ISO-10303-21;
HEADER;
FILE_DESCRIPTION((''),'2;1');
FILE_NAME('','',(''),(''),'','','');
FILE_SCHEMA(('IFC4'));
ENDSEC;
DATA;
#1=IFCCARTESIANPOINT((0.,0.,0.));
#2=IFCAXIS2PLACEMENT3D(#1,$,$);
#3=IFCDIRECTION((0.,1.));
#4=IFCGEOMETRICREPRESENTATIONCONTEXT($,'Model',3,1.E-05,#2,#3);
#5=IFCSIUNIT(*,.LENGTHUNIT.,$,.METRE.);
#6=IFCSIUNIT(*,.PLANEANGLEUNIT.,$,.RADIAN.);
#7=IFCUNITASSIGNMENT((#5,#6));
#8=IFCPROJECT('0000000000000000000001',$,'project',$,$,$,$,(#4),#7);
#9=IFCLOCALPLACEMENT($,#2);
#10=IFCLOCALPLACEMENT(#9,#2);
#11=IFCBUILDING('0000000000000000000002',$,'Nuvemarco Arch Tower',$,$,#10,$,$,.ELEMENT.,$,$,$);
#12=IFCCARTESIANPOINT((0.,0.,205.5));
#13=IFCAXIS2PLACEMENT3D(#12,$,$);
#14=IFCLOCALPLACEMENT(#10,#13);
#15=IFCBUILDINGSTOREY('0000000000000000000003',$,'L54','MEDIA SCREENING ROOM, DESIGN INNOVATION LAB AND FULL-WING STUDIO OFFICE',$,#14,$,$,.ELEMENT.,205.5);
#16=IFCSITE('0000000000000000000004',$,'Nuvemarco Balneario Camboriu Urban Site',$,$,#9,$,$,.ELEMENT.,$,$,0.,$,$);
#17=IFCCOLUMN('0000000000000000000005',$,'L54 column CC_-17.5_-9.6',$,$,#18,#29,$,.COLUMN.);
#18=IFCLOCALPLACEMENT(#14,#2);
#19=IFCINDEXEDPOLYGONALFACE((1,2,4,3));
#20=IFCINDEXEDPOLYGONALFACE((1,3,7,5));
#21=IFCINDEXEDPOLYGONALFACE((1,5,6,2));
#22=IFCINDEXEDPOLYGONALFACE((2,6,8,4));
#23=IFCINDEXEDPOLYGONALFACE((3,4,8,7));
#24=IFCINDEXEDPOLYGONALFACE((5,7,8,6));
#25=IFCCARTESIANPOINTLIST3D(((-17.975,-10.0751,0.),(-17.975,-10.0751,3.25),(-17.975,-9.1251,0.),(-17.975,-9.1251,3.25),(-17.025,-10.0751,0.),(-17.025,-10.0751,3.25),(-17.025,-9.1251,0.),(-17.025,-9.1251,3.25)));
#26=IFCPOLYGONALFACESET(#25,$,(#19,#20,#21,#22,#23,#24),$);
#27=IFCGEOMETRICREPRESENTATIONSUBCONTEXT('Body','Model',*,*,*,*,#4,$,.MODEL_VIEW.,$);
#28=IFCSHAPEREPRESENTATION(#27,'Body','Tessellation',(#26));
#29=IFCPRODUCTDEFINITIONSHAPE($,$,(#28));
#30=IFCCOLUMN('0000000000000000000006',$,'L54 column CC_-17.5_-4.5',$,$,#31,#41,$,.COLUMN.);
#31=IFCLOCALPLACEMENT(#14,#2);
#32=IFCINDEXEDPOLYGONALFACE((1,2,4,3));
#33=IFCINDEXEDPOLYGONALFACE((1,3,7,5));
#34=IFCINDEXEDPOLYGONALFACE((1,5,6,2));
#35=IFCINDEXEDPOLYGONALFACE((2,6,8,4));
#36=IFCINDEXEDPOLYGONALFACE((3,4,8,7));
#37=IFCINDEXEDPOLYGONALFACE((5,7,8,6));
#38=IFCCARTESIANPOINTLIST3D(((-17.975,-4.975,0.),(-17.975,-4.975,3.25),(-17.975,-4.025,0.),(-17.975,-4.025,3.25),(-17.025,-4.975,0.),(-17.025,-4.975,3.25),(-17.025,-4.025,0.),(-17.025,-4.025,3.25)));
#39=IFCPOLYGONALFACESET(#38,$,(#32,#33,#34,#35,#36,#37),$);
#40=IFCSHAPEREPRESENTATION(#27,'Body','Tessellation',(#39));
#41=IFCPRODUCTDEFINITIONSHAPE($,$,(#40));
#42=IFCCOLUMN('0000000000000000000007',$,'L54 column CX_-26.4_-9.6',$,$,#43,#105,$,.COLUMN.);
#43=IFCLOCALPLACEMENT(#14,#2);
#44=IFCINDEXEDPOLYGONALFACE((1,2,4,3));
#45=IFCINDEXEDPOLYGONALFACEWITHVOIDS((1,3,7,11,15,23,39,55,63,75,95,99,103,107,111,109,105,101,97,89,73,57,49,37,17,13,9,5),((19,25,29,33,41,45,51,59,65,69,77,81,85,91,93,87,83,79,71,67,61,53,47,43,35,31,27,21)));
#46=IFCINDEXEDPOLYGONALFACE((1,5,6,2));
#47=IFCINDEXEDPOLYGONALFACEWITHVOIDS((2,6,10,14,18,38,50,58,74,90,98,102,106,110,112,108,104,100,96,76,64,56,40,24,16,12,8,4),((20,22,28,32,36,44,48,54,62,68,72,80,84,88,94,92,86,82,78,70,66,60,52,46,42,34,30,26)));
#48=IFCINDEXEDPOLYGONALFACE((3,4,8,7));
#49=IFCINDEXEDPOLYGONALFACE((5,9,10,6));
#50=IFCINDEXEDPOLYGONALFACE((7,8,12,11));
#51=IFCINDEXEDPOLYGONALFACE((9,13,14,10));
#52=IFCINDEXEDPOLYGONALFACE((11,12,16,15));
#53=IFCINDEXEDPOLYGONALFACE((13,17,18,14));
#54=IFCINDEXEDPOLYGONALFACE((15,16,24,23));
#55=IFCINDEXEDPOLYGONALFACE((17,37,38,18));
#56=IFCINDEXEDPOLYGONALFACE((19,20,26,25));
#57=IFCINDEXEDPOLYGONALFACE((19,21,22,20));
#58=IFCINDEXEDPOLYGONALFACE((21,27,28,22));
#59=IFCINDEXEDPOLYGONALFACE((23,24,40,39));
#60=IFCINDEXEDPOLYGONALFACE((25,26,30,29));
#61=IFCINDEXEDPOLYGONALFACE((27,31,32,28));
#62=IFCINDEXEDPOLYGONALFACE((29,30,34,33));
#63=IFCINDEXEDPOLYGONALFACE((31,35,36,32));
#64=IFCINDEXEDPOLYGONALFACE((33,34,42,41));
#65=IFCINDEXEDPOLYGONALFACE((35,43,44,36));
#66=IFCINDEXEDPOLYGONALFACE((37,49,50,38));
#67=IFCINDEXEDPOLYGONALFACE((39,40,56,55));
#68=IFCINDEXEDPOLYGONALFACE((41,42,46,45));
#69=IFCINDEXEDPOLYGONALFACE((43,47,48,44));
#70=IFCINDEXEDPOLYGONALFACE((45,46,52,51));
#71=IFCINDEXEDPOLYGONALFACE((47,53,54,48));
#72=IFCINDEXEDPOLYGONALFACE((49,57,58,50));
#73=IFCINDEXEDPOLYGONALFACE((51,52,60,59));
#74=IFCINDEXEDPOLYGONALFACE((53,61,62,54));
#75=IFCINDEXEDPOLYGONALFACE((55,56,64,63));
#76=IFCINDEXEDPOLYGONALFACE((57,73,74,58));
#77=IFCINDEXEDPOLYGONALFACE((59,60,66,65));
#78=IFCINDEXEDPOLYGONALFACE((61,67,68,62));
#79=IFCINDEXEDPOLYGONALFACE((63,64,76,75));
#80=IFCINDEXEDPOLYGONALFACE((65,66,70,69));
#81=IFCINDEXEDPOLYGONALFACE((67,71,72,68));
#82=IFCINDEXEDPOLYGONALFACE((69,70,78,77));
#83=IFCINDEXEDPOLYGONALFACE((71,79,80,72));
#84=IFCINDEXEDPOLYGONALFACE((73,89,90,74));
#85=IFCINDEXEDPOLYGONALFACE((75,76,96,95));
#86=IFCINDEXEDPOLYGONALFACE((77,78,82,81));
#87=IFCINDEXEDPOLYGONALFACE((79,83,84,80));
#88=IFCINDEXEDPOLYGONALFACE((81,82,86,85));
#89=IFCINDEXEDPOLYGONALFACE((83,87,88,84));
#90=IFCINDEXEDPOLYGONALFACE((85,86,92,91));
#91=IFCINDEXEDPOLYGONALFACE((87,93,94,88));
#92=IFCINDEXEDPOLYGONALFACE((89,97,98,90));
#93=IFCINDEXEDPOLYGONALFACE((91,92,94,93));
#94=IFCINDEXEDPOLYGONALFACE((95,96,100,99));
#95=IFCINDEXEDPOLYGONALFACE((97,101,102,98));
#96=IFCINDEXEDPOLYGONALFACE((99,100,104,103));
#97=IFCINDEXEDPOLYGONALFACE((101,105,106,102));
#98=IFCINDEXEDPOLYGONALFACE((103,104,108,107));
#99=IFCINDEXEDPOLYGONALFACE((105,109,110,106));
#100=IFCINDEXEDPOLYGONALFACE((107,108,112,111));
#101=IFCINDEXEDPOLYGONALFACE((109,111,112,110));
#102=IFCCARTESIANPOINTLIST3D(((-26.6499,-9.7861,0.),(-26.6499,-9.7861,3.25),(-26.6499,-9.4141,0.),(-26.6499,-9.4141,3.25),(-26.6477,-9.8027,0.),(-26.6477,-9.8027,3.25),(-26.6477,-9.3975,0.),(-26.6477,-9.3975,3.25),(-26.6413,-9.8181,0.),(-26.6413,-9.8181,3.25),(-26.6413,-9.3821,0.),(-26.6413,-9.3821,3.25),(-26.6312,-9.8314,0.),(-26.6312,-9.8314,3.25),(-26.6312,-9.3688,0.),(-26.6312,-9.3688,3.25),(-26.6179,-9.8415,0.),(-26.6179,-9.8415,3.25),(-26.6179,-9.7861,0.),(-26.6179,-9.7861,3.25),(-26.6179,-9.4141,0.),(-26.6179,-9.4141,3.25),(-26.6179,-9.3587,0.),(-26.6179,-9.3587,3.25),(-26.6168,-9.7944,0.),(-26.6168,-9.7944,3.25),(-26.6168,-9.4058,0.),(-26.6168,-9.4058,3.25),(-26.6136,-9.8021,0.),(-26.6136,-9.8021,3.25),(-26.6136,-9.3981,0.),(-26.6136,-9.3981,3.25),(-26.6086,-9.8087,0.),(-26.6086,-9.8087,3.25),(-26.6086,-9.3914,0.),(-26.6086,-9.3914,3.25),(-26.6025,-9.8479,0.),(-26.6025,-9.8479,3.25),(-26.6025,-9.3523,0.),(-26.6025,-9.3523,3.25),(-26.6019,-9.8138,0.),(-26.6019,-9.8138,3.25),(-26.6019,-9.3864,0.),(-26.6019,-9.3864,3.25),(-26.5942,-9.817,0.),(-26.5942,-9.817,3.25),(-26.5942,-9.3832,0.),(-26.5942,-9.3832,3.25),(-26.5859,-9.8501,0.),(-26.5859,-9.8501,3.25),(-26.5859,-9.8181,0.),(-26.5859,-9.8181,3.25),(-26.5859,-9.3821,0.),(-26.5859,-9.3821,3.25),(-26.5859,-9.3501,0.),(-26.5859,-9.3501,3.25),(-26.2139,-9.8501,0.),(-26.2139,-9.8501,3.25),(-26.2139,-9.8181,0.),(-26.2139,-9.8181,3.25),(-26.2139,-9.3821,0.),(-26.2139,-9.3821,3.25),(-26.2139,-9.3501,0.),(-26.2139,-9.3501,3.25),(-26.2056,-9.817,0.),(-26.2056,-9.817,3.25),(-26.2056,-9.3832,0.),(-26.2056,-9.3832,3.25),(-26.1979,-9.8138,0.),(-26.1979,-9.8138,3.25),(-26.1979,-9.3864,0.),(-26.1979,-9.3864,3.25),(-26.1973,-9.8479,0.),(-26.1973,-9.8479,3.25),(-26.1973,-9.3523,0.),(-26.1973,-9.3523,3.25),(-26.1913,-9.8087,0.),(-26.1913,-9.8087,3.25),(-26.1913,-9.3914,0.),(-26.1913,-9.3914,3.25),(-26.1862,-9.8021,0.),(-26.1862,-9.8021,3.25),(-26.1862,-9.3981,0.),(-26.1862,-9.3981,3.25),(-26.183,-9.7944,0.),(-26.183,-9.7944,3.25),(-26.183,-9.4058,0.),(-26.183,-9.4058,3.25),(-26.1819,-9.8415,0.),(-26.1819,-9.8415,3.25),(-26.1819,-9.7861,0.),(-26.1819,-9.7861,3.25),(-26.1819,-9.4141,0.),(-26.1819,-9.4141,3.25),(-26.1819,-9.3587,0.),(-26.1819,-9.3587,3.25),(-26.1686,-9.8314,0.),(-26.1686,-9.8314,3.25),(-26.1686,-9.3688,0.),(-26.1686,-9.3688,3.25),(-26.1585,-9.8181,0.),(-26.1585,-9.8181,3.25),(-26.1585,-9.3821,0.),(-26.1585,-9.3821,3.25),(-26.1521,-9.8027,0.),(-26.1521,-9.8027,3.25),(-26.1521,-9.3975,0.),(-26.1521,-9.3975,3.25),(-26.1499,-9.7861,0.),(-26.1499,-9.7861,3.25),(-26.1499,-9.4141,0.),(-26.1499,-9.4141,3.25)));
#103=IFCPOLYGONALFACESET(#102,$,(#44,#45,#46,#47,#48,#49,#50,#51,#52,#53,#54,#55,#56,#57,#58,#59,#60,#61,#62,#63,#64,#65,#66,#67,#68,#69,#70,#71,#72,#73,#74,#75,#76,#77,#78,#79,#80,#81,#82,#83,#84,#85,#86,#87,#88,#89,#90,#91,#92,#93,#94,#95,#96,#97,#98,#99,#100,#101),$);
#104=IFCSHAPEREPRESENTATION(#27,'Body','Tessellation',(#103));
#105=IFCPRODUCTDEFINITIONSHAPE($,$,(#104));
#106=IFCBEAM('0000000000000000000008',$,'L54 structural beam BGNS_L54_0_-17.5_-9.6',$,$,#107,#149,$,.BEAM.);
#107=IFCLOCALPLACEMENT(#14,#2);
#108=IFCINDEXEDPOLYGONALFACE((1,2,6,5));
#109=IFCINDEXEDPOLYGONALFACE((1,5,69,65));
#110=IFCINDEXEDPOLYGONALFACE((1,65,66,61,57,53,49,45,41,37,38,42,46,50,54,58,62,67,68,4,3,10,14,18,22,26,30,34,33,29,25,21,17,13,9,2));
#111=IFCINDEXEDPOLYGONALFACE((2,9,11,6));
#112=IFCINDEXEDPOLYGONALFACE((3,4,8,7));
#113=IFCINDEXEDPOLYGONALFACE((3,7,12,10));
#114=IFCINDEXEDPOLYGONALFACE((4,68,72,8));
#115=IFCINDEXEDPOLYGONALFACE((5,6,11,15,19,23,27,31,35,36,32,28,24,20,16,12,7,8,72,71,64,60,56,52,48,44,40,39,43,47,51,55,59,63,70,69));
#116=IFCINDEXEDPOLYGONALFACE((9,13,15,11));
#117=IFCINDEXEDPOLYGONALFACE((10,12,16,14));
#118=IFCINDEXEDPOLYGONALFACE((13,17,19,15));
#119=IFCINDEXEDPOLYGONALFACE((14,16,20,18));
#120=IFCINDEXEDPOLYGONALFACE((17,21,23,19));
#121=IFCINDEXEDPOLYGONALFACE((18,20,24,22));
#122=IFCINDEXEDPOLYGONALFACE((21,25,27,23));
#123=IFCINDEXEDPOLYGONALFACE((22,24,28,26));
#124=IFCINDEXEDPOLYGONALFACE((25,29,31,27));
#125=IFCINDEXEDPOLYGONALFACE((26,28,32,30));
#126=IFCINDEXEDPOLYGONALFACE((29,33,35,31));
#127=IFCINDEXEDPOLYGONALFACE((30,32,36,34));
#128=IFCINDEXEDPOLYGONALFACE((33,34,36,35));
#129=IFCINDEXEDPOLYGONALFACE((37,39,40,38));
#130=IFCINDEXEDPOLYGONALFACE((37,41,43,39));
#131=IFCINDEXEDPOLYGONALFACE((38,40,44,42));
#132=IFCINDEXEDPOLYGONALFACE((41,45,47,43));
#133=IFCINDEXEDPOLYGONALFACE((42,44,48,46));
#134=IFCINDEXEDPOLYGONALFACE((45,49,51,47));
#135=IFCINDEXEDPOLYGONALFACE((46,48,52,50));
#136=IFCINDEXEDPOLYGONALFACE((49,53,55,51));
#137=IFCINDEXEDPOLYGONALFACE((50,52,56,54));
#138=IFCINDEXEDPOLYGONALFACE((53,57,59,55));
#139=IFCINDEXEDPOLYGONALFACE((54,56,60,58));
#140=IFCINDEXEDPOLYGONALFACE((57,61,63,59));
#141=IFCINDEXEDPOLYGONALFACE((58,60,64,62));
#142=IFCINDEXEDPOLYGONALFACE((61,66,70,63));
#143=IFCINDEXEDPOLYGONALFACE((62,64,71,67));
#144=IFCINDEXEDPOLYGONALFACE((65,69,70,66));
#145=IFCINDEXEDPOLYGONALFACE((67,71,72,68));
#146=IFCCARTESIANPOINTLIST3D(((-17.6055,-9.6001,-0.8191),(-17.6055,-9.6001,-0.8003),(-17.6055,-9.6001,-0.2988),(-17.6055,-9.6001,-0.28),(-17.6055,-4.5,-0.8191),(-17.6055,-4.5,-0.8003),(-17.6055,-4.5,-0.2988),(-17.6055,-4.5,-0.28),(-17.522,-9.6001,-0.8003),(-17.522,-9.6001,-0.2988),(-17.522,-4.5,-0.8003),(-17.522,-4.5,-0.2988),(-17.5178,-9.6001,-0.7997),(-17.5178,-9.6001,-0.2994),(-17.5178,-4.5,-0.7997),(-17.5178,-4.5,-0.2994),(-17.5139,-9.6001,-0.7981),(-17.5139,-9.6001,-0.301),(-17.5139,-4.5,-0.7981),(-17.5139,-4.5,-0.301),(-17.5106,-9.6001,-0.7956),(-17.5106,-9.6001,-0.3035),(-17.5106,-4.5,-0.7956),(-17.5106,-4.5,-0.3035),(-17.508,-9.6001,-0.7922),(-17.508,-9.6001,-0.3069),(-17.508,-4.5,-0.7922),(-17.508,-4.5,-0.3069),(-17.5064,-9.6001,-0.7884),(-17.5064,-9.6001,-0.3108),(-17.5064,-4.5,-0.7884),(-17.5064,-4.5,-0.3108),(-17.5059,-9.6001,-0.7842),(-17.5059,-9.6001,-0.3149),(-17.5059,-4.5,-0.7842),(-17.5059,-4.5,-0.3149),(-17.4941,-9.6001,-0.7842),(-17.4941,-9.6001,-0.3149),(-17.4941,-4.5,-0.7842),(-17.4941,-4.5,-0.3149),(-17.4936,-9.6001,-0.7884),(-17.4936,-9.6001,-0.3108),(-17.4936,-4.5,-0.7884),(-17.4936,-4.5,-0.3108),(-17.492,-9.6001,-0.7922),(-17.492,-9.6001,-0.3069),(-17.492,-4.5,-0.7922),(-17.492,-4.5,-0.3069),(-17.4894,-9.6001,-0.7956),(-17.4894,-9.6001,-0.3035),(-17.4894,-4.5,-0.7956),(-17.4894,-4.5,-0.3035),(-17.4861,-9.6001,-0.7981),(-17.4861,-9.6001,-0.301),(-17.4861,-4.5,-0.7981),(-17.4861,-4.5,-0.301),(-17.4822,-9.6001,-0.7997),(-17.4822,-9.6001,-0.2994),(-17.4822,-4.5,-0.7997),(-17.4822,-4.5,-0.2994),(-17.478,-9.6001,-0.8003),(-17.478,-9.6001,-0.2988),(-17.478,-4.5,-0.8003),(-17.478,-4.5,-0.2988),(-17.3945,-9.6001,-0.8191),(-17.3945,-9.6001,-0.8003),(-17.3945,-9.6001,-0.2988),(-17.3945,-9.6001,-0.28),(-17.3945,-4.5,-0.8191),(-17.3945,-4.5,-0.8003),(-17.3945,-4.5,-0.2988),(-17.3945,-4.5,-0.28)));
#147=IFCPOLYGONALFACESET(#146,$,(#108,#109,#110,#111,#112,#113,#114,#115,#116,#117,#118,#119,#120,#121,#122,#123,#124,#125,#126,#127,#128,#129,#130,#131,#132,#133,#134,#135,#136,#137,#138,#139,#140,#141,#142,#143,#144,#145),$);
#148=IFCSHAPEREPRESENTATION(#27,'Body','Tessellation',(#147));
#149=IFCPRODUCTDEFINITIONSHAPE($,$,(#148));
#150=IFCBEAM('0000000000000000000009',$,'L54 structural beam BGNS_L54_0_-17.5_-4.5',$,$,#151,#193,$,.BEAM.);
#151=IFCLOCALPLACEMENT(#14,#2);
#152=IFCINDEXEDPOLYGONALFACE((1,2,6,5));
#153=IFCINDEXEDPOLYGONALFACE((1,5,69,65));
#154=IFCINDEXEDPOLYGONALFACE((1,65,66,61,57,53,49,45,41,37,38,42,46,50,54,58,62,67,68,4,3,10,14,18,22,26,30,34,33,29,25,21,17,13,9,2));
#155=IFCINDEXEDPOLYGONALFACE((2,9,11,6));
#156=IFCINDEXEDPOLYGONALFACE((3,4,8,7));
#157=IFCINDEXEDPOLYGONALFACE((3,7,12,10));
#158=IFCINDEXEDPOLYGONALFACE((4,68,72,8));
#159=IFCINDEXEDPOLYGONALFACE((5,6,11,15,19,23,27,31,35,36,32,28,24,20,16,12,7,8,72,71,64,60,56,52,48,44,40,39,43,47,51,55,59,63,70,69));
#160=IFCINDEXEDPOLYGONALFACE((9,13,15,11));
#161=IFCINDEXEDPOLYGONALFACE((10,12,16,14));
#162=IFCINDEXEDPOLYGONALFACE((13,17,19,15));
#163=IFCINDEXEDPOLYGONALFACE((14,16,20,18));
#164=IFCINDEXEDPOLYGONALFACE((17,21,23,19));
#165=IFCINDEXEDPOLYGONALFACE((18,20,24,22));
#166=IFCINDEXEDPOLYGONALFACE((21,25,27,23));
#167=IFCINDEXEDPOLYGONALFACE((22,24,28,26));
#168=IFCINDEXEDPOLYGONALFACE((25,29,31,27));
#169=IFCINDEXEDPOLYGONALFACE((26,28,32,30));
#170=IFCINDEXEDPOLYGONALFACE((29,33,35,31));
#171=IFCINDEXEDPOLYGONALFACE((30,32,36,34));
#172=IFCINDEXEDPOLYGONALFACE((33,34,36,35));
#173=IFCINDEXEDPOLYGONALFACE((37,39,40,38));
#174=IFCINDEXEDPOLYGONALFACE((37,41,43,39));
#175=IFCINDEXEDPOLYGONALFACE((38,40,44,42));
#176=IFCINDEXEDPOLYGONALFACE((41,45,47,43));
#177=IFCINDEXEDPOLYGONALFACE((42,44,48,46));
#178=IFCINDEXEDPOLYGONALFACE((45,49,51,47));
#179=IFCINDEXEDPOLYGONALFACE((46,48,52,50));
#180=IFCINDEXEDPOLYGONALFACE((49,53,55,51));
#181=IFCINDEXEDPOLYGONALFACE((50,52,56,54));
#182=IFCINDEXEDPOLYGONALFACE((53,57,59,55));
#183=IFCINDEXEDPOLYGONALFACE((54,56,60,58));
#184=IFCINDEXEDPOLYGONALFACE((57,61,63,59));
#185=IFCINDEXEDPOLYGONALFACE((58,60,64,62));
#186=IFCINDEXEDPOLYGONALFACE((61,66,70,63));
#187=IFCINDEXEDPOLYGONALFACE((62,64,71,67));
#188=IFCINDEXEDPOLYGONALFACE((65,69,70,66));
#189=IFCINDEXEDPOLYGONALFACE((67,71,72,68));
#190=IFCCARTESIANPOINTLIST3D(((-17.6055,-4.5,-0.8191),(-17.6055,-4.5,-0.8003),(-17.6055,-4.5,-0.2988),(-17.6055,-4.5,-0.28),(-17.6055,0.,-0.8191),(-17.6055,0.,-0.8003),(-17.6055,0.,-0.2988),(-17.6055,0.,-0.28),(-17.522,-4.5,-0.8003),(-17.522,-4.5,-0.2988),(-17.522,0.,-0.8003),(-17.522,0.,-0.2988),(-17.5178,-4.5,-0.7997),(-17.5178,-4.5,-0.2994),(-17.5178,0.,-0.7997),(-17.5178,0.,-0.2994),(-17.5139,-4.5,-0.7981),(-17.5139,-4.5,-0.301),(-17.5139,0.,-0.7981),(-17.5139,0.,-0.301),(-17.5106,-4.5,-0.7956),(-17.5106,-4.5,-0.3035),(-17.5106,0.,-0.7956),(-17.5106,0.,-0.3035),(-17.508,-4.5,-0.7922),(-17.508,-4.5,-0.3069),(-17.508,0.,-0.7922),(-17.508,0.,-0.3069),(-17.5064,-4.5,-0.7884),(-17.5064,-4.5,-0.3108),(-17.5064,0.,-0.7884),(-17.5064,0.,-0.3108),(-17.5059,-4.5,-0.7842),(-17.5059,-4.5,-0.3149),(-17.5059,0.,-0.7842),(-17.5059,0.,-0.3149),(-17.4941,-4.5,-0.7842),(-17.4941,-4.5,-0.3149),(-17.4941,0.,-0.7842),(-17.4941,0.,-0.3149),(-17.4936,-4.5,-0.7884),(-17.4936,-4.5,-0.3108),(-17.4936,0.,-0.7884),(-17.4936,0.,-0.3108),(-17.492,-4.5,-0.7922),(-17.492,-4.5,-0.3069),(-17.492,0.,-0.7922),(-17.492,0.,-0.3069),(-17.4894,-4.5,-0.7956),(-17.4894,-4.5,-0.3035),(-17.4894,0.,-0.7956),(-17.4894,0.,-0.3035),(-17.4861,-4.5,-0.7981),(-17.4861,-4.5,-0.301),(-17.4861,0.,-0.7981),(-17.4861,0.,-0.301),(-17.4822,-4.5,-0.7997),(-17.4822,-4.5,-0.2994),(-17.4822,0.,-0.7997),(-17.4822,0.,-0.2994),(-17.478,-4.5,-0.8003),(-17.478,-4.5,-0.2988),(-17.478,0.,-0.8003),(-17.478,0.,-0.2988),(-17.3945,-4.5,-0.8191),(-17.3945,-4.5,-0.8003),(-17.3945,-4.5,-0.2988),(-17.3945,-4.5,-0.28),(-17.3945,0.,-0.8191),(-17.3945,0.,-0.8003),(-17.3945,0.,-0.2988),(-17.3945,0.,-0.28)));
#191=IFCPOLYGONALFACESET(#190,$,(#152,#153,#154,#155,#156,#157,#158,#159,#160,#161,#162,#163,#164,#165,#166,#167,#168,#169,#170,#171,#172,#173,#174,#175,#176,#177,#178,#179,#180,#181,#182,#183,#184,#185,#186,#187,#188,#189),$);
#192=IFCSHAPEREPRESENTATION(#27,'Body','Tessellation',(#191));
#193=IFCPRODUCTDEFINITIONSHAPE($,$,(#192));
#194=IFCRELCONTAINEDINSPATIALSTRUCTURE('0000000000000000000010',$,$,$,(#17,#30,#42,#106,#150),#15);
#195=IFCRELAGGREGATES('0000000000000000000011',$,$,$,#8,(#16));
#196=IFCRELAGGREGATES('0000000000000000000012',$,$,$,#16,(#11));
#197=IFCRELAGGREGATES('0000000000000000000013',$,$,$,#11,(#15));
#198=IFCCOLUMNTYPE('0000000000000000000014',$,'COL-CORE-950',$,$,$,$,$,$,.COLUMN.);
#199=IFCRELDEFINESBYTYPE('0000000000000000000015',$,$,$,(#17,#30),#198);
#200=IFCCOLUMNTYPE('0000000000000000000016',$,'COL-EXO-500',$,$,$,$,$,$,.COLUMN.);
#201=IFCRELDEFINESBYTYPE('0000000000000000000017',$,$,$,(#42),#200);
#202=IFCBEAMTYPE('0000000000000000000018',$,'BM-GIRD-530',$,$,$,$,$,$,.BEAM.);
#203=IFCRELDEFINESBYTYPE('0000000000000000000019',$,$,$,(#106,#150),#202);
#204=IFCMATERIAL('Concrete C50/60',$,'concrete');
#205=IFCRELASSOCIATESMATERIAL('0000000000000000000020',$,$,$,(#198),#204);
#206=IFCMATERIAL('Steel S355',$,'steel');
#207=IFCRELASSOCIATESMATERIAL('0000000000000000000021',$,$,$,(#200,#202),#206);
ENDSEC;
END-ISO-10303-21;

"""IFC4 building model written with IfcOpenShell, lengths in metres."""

from ifc_helpers import new_model, si_unit, direction, frame, origin, origin_2d, place, context, subcontext, project, spatial, rectangle, hollow_rectangle, i_section, extrude, material, material_profile, profile_set, type_object, element, save


model = new_model("IFC4")

# Units and contexts
model_context = context("Model", 3, precision=1e-05, world=origin(), true_north=direction((0.0, 1.0)))
body_context = subcontext(model_context, "Body", "Model", "MODEL_VIEW")
ifc_project = project(units=[si_unit("LENGTHUNIT", "METRE"), si_unit("PLANEANGLEUNIT", "RADIAN")], contexts=[model_context])

# Site, building, storey
site_placement = place(None, origin())
site = spatial("IfcSite", under=ifc_project, at=site_placement, Name="Nuvemarco Balneario Camboriu Urban Site", CompositionType="ELEMENT", RefElevation=0.0)
building_placement = place(site_placement, origin())
building = spatial("IfcBuilding", under=site, at=building_placement, Name="Nuvemarco Arch Tower", CompositionType="ELEMENT")
storey_placement = place(building_placement, frame((0.0, 0.0, 205.5)))
storey = spatial("IfcBuildingStorey", under=building, at=storey_placement, Name="L54", Description="MEDIA SCREENING ROOM, DESIGN INNOVATION LAB AND FULL-WING STUDIO OFFICE", CompositionType="ELEMENT", Elevation=205.5)

# Columns
ifc_material_1 = material(Name="Concrete C50/60", Category="concrete")
ifc_material_profile_1 = material_profile(ifc_material_1, rectangle(XDim=0.95, YDim=0.95, at=origin_2d()), Name="RC-COL-950x950")
ifc_profile_set_1 = profile_set([ifc_material_profile_1], Name="Concrete C50/60")
column_type_1 = type_object("IfcColumnType", Name="COL-CORE-950", PredefinedType="COLUMN", material=ifc_profile_set_1)
for number, where, z_axis, x_axis, name in (
    (1, (-17.5, -9.6001, 0.0), (0.0, 0.0, 1.0), (1.0, 0.0, 0.0), "L54 column CC_-17.5_-9.6"),
    (2, (-17.5, -4.5, 0.0), (0.0, 0.0, 1.0), (1.0, 0.0, 0.0), "L54 column CC_-17.5_-4.5"),
):
    element("IfcColumn", number, at=place(storey_placement, frame(where, z_axis=z_axis, x_axis=x_axis)), inside=storey, type_object=column_type_1, Name=name, PredefinedType="COLUMN", context=body_context, shape_type="SweptSolid", body=[
        extrude(rectangle(XDim=0.95, YDim=0.95, at=origin_2d()), origin(), (0.0, 0.0, 1.0), 3.25),
    ])
ifc_material_2 = material(Name="Steel S355", Category="steel")
ifc_material_profile_2 = material_profile(ifc_material_2, hollow_rectangle(XDim=0.5, YDim=0.5, WallThickness=0.032, InnerFilletRadius=0.032, OuterFilletRadius=0.064, at=origin_2d()), Name="SHS500x500x32")
ifc_profile_set_2 = profile_set([ifc_material_profile_2], Name="Steel S355")
column_type_2 = type_object("IfcColumnType", Name="COL-EXO-500", PredefinedType="COLUMN", material=ifc_profile_set_2)
column_placement = place(storey_placement, frame((-26.3999, -9.6001, 0.0), z_axis=(0.0, 0.0, 1.0), x_axis=(1.0, 0.0, 0.0)))
element("IfcColumn", 3, at=column_placement, inside=storey, type_object=column_type_2, Name="L54 column CX_-26.4_-9.6", PredefinedType="COLUMN", context=body_context, shape_type="SweptSolid", body=[
    extrude(hollow_rectangle(XDim=0.5, YDim=0.5, WallThickness=0.032, InnerFilletRadius=0.032, OuterFilletRadius=0.064, at=origin_2d()), origin(), (0.0, 0.0, 1.0), 3.25),
])

# Beams
ifc_material_profile_3 = material_profile(ifc_material_2, i_section(OverallWidth=0.2109, OverallDepth=0.5391, WebThickness=0.0117, FlangeThickness=0.0188, FilletRadius=0.0161, at=origin_2d()), Name="W530x109")
ifc_profile_set_3 = profile_set([ifc_material_profile_3], Name="Steel S355")
beam_type_1 = type_object("IfcBeamType", Name="BM-GIRD-530", PredefinedType="BEAM", material=ifc_profile_set_3)
beam_1_placement = place(storey_placement, frame((-17.5, -9.6001, -0.5496), z_axis=(0.0, 1.0, 0.0), x_axis=(-1.0, 0.0, 0.0)))
element("IfcBeam", 4, at=beam_1_placement, inside=storey, type_object=beam_type_1, Name="L54 structural beam BGNS_L54_0_-17.5_-9.6", PredefinedType="BEAM", context=body_context, shape_type="SweptSolid", body=[
    extrude(i_section(OverallWidth=0.2109, OverallDepth=0.5391, WebThickness=0.0117, FlangeThickness=0.0188, FilletRadius=0.0161, at=origin_2d()), origin(), (0.0, 0.0, 1.0), 5.1001),
])
beam_2_placement = place(storey_placement, frame((-17.5, -4.5, -0.5496), z_axis=(0.0, 1.0, 0.0), x_axis=(-1.0, 0.0, 0.0)))
element("IfcBeam", 5, at=beam_2_placement, inside=storey, type_object=beam_type_1, Name="L54 structural beam BGNS_L54_0_-17.5_-4.5", PredefinedType="BEAM", context=body_context, shape_type="SweptSolid", body=[
    extrude(i_section(OverallWidth=0.2109, OverallDepth=0.5391, WebThickness=0.0117, FlangeThickness=0.0188, FilletRadius=0.0161, at=origin_2d()), origin(), (0.0, 0.0, 1.0), 4.5),
])

save(model, "model.ifc")
